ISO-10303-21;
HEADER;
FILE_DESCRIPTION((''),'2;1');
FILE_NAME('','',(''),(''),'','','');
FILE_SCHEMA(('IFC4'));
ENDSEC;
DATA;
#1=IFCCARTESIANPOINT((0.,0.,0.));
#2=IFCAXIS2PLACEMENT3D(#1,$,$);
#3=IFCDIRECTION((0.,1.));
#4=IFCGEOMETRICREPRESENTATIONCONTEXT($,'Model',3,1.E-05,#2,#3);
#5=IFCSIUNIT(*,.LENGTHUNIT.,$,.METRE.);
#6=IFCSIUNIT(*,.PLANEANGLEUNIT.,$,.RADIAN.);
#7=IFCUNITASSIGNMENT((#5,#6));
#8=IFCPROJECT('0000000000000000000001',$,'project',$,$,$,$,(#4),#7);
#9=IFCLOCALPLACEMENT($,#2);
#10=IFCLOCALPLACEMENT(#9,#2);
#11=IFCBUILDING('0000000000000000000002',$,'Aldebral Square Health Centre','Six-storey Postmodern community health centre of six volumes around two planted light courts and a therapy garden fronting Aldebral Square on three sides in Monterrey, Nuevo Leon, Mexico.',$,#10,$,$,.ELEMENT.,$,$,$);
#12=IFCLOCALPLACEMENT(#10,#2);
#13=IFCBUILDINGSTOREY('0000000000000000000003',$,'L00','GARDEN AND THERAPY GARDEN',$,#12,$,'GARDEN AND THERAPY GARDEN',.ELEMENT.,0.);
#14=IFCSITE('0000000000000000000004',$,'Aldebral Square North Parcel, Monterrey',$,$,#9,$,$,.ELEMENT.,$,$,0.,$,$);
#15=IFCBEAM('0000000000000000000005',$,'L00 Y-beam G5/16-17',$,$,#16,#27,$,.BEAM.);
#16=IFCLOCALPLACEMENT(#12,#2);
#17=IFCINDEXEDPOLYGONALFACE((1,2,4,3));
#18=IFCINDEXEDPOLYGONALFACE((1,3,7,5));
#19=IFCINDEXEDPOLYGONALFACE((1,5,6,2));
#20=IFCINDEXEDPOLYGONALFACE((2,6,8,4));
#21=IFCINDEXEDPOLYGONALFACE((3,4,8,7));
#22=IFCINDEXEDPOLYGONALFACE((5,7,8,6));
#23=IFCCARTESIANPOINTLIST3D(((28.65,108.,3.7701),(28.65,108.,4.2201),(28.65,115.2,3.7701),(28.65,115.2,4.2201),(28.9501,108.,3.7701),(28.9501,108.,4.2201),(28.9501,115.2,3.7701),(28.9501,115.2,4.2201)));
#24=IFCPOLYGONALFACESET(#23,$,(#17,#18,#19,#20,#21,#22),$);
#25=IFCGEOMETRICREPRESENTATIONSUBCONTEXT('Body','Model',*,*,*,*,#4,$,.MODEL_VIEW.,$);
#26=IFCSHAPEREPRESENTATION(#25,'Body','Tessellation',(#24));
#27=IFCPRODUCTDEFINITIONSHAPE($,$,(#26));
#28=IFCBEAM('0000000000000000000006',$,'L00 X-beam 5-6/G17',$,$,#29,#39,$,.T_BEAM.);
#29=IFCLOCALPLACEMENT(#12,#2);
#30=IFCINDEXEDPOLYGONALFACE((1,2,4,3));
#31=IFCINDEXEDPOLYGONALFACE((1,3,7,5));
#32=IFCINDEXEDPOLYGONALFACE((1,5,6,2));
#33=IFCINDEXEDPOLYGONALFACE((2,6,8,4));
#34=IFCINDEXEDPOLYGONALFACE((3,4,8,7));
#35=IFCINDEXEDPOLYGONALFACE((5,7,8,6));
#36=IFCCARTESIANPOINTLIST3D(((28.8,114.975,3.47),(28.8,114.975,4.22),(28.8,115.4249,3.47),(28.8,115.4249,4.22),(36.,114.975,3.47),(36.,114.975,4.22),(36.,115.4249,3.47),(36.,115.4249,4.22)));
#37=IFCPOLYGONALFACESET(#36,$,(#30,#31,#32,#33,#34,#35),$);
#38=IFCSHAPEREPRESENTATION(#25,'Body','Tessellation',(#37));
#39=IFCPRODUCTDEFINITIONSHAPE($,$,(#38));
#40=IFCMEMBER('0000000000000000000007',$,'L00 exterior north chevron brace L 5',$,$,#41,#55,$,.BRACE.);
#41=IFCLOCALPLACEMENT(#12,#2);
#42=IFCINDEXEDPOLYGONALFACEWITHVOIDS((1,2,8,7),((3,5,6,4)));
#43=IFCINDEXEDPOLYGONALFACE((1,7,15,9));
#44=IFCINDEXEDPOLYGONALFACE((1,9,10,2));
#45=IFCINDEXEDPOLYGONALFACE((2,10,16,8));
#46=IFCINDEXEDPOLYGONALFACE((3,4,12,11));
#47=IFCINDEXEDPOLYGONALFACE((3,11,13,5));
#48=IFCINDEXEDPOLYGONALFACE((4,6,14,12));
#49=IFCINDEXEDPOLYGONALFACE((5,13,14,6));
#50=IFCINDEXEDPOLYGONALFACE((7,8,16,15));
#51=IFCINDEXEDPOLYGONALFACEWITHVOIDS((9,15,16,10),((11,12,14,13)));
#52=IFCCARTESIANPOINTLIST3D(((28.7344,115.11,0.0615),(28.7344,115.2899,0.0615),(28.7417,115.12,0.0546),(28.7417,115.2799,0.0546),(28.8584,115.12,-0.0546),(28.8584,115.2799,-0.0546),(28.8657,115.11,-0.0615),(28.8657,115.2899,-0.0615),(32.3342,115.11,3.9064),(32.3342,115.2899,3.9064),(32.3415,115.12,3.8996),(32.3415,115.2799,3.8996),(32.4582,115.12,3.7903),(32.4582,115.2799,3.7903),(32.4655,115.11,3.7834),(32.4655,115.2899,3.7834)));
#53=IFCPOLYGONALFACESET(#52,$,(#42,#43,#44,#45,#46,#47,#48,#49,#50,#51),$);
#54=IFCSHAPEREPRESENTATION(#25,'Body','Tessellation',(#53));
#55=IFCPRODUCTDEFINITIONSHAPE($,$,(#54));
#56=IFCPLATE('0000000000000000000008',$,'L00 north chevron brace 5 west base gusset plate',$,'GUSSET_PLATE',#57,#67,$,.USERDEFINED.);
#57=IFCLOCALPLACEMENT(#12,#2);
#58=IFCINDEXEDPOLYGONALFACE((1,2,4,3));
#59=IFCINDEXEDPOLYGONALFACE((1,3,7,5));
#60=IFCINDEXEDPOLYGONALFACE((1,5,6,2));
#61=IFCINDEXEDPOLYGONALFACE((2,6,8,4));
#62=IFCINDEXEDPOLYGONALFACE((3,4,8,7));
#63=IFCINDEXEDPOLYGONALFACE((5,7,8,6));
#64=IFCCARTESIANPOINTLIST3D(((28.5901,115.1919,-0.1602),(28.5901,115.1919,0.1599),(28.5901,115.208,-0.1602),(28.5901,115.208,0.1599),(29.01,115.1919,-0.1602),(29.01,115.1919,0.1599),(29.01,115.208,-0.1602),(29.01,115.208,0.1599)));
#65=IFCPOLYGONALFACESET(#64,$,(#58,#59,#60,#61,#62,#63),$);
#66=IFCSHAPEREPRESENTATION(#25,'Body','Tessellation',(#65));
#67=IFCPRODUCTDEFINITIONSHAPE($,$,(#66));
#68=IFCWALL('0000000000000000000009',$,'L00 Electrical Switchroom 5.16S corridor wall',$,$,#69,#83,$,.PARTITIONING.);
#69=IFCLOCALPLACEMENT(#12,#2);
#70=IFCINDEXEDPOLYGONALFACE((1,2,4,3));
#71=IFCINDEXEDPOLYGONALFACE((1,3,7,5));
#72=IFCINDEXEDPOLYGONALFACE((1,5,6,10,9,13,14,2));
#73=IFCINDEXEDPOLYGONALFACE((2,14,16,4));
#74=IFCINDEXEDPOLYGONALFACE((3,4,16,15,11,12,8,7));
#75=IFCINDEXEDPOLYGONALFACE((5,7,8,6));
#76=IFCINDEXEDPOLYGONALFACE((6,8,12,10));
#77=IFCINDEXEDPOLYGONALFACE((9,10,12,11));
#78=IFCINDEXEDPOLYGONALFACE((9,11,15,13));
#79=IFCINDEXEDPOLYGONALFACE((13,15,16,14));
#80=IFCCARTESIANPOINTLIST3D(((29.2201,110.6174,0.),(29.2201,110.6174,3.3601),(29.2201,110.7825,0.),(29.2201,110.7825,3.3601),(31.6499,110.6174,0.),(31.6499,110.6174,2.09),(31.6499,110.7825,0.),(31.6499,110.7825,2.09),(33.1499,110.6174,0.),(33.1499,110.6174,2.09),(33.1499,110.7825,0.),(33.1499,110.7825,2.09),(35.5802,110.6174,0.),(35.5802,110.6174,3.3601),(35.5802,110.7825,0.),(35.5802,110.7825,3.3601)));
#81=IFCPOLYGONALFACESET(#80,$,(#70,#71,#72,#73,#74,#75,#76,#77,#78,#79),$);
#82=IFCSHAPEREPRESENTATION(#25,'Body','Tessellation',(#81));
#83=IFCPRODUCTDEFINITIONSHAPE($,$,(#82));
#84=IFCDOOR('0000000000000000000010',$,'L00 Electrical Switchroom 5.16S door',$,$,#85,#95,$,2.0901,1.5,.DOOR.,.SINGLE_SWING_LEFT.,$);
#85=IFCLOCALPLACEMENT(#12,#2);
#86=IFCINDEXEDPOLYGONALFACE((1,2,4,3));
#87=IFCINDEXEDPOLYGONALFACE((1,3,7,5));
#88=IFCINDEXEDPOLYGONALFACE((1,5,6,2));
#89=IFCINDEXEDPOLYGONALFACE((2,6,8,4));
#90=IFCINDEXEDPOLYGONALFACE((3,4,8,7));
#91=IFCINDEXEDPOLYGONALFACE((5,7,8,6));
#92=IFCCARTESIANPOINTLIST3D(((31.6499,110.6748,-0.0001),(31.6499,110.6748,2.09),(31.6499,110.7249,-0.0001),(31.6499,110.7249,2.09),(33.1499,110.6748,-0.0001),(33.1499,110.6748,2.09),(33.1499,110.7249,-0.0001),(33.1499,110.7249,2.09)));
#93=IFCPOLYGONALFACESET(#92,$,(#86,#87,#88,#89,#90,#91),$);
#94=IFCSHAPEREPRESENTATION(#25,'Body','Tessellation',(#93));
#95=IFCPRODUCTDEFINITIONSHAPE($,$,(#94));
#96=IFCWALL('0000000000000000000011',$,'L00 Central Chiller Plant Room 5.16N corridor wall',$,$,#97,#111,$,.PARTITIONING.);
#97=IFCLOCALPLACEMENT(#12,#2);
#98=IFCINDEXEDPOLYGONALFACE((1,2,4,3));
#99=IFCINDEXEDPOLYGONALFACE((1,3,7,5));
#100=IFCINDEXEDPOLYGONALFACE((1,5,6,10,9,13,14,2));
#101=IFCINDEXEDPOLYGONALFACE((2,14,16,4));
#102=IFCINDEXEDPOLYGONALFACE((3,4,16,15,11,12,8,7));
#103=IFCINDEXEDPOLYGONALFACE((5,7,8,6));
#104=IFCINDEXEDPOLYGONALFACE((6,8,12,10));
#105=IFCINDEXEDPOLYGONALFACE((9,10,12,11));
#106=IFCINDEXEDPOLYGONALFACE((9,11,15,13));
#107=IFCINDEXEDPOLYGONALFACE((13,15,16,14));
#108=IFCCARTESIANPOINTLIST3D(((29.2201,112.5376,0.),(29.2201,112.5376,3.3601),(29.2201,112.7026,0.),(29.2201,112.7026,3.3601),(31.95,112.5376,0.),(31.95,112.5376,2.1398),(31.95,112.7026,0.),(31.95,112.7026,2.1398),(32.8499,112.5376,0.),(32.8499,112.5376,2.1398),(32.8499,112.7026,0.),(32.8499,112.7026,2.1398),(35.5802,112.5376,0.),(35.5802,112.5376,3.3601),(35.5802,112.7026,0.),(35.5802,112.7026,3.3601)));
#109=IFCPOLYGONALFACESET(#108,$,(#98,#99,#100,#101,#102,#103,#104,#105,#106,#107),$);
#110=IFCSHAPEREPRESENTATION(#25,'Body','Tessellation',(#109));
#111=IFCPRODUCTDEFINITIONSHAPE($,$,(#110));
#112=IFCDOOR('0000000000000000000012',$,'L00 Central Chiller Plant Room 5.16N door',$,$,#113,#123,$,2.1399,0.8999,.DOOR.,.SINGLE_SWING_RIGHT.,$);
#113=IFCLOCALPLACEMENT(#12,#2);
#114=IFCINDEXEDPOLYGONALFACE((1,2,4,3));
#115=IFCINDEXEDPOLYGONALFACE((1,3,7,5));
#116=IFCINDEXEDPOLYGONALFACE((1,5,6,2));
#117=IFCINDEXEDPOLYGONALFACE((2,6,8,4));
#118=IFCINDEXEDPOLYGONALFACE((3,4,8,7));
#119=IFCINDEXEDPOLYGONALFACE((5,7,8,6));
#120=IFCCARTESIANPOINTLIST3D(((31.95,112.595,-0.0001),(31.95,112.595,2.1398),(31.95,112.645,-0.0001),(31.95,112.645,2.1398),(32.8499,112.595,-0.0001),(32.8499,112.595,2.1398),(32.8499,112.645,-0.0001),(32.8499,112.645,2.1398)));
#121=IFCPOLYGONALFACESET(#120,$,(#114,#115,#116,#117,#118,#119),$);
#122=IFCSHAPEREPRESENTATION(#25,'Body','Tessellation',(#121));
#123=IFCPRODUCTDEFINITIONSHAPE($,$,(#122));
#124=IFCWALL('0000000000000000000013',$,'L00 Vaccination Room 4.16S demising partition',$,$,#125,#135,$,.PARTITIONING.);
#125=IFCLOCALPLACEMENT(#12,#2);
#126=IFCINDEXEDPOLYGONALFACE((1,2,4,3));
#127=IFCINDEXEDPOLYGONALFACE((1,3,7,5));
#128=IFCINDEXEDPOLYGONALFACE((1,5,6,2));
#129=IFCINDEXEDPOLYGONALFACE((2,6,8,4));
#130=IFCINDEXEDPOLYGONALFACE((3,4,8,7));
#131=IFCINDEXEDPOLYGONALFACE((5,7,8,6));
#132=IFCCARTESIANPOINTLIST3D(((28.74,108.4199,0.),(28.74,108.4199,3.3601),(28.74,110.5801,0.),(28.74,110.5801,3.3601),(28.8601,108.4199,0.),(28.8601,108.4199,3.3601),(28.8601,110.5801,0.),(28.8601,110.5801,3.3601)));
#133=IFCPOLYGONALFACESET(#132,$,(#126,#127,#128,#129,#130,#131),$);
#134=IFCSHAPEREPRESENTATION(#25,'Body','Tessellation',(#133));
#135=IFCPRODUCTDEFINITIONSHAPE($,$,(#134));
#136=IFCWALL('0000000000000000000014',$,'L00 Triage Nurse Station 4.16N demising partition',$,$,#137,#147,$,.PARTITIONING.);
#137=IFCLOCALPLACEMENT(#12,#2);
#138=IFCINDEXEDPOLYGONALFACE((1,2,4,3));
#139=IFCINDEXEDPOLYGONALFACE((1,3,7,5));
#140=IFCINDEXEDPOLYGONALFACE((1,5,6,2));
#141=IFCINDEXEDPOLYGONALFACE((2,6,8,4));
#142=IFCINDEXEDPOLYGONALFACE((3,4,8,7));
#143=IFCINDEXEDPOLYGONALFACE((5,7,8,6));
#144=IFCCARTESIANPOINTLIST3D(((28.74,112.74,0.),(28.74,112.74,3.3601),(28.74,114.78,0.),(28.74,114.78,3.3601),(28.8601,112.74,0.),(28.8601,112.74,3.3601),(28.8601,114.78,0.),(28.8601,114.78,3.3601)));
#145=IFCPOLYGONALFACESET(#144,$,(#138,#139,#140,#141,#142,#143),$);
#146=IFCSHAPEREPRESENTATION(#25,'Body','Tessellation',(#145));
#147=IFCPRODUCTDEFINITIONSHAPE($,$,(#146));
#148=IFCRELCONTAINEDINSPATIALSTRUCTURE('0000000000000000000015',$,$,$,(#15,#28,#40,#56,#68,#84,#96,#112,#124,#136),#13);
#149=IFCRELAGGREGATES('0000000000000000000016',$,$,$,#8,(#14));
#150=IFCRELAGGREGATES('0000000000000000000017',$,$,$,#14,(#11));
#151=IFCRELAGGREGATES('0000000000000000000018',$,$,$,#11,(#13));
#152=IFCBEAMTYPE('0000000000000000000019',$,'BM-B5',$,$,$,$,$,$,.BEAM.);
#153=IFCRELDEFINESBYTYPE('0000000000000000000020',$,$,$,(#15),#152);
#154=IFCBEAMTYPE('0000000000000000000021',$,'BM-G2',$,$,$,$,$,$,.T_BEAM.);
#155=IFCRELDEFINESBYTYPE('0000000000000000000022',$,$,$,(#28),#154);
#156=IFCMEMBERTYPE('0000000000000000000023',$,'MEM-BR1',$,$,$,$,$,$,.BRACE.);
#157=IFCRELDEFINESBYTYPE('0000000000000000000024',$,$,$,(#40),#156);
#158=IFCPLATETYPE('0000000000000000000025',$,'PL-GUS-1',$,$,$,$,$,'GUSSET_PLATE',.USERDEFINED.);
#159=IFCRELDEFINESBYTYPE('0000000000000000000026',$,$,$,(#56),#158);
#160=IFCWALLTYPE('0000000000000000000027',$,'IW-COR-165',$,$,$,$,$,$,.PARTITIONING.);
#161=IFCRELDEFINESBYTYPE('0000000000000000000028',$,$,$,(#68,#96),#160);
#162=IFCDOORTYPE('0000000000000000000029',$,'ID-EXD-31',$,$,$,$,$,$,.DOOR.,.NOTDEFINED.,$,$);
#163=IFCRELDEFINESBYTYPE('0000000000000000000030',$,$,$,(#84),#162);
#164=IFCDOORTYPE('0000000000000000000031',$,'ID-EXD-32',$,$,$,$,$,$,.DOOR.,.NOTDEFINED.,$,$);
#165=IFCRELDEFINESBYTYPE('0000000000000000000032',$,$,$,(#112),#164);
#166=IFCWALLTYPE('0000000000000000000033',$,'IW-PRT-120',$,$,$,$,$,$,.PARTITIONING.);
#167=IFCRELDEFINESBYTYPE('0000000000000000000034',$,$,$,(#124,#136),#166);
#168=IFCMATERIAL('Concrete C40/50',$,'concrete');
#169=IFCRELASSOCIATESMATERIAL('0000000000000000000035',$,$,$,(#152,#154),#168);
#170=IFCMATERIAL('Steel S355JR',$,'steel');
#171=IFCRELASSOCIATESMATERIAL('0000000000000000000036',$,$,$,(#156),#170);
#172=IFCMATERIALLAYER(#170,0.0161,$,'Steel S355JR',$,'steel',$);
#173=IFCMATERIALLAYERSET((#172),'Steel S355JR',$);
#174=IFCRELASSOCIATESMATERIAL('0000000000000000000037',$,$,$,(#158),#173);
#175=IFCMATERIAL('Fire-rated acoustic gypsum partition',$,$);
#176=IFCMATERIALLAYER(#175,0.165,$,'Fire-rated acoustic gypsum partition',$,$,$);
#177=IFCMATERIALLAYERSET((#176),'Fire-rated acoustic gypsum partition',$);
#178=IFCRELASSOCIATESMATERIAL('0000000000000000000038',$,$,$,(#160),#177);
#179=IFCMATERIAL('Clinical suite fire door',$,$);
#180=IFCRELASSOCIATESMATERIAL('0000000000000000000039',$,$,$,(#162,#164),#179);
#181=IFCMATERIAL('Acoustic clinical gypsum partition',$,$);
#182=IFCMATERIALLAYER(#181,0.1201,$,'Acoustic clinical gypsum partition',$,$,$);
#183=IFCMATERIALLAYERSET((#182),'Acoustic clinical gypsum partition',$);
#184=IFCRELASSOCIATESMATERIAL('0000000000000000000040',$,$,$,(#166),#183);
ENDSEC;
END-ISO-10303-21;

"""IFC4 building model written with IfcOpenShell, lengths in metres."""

from ifc_helpers import new_model, si_unit, direction, frame, frame_2d, origin, origin_2d, place, context, subcontext, project, spatial, rectangle, hollow_rectangle, extrude, material, layer, layer_set, material_profile, profile_set, type_object, element, fill, save


model = new_model("IFC4")

# Units and contexts
model_context = context("Model", 3, precision=1e-05, world=origin(), true_north=direction((0.0, 1.0)))
body_context = subcontext(model_context, "Body", "Model", "MODEL_VIEW")
ifc_project = project(units=[si_unit("LENGTHUNIT", "METRE"), si_unit("PLANEANGLEUNIT", "RADIAN")], contexts=[model_context])

# Site, building, storey
site_placement = place(None, origin())
site = spatial("IfcSite", under=ifc_project, at=site_placement, Name="Aldebral Square North Parcel, Monterrey", CompositionType="ELEMENT", RefElevation=0.0)
building_placement = place(site_placement, origin())
building = spatial("IfcBuilding", under=site, at=building_placement, Name="Aldebral Square Health Centre", Description="Six-storey Postmodern community health centre of six volumes around two planted light courts and a therapy garden fronting Aldebral Square on three sides in Monterrey, Nuevo Leon, Mexico.", CompositionType="ELEMENT")
storey_placement = place(building_placement, origin())
storey = spatial("IfcBuildingStorey", under=building, at=storey_placement, Name="L00", Description="GARDEN AND THERAPY GARDEN", LongName="GARDEN AND THERAPY GARDEN", CompositionType="ELEMENT", Elevation=0.0)

# Shared definitions
ifc_material_1 = material(Name="Concrete C40/50", Category="concrete")

# Beams
ifc_material_profile_1 = material_profile(ifc_material_1, rectangle(XDim=0.3, YDim=0.45, at=origin_2d()), Name="RC 300x450")
ifc_profile_set_1 = profile_set([ifc_material_profile_1], Name="Concrete C40/50")
beam_type_1 = type_object("IfcBeamType", Name="BM-B5", PredefinedType="BEAM", material=ifc_profile_set_1)
beam_1_placement = place(storey_placement, frame((28.8, 108.0, 3.9951), z_axis=(0.0, 1.0, 0.0), x_axis=(-1.0, 0.0, 0.0)))
element("IfcBeam", 1, at=beam_1_placement, inside=storey, type_object=beam_type_1, Name="L00 Y-beam G5/16-17", PredefinedType="BEAM", context=body_context, shape_type="SweptSolid", body=[
    extrude(rectangle(XDim=0.3, YDim=0.45, at=origin_2d()), origin(), (0.0, 0.0, 1.0), 7.2),
])
ifc_material_profile_2 = material_profile(ifc_material_1, rectangle(XDim=0.45, YDim=0.75, at=origin_2d()), Name="RC 450x750")
ifc_profile_set_2 = profile_set([ifc_material_profile_2], Name="Concrete C40/50")
beam_type_2 = type_object("IfcBeamType", Name="BM-G2", PredefinedType="T_BEAM", material=ifc_profile_set_2)
beam_2_placement = place(storey_placement, frame((28.8, 115.2, 3.845), z_axis=(1.0, 0.0, 0.0), x_axis=(0.0, 1.0, 0.0)))
element("IfcBeam", 2, at=beam_2_placement, inside=storey, type_object=beam_type_2, Name="L00 X-beam 5-6/G17", PredefinedType="T_BEAM", context=body_context, shape_type="SweptSolid", body=[
    extrude(rectangle(XDim=0.45, YDim=0.75, at=origin_2d()), origin(), (0.0, 0.0, 1.0), 7.2),
])

# Member
ifc_material_2 = material(Name="Steel S355JR", Category="steel")
ifc_material_profile_3 = material_profile(ifc_material_2, hollow_rectangle(XDim=0.1799, YDim=0.1799, WallThickness=0.01, at=origin_2d()), Name="180x180x10 SHS")
ifc_profile_set_3 = profile_set([ifc_material_profile_3], Name="Steel S355JR")
member_type = type_object("IfcMemberType", Name="MEM-BR1", PredefinedType="BRACE", material=ifc_profile_set_3)
member_placement = place(storey_placement, frame((28.8, 115.2, 0.0), z_axis=(0.683455, 0.0, 0.729992), x_axis=(0.0, 1.0, 0.0)))
element("IfcMember", 3, at=member_placement, inside=storey, type_object=member_type, Name="L00 exterior north chevron brace L 5", PredefinedType="BRACE", context=body_context, shape_type="SweptSolid", body=[
    extrude(hollow_rectangle(XDim=0.1799, YDim=0.1799, WallThickness=0.01, at=origin_2d()), origin(), (0.0, 0.0, 1.0), 5.2671),
])

# Plate
ifc_layer_1 = layer(ifc_material_2, 0.0161, Name="Steel S355JR", Category="steel")
ifc_layer_set_1 = layer_set([ifc_layer_1], Name="Steel S355JR")
plate_type = type_object("IfcPlateType", Name="PL-GUS-1", ElementType="GUSSET_PLATE", PredefinedType="USERDEFINED", material=ifc_layer_set_1)
plate_placement = place(storey_placement, frame((28.8, 115.2, -0.1602), z_axis=(0.0, 0.0, 1.0), x_axis=(1.0, 0.0, 0.0)))
element("IfcPlate", 4, at=plate_placement, inside=storey, type_object=plate_type, Name="L00 north chevron brace 5 west base gusset plate", ObjectType="GUSSET_PLATE", PredefinedType="USERDEFINED", context=body_context, shape_type="SweptSolid", body=[
    extrude(rectangle(XDim=0.4199, YDim=0.0161, at=origin_2d()), origin(), (0.0, 0.0, 1.0), 0.3201),
])

# Walls, openings, doors
ifc_material_3 = material(Name="Fire-rated acoustic gypsum partition")
ifc_layer_2 = layer(ifc_material_3, 0.165, Name="Fire-rated acoustic gypsum partition")
ifc_layer_set_2 = layer_set([ifc_layer_2], Name="Fire-rated acoustic gypsum partition")
wall_type_1 = type_object("IfcWallType", Name="IW-COR-165", PredefinedType="PARTITIONING", material=ifc_layer_set_2)
wall_1_placement = place(storey_placement, frame((29.22, 110.7, 0.0), z_axis=(0.0, 0.0, 1.0), x_axis=(1.0, 0.0, 0.0)))
wall_1 = element("IfcWall", 5, at=wall_1_placement, inside=storey, type_object=wall_type_1, Name="L00 Electrical Switchroom 5.16S corridor wall", PredefinedType="PARTITIONING", context=body_context, shape_type="SweptSolid", body=[
    extrude(rectangle(XDim=6.3601, YDim=0.165, at=frame_2d((3.1802, 0.0))), origin(), (0.0, 0.0, 1.0), 3.3601),
])
opening_1_placement = place(wall_1_placement, frame((2.4299, 0.0, 0.0)))
opening_1 = element("IfcOpeningElement", 6, at=opening_1_placement, cuts=wall_1, PredefinedType="OPENING", context=body_context, shape_type="SweptSolid", body=[
    extrude(rectangle(XDim=1.5, YDim=2.0901, at=frame_2d((0.75, 1.0449))), frame((0.0, 0.0925, 0.0), z_axis=(0.0, -1.0, 0.0), x_axis=(1.0, 0.0, 0.0)), (0.0, 0.0, 1.0), 0.1851),
])
ifc_material_4 = material(Name="Clinical suite fire door")
door_type_1 = type_object("IfcDoorType", Name="ID-EXD-31", OperationType="NOTDEFINED", PredefinedType="DOOR", material=ifc_material_4)
door_1_placement = place(opening_1_placement, origin())
door_1 = element("IfcDoor", 7, at=door_1_placement, inside=storey, type_object=door_type_1, Name="L00 Electrical Switchroom 5.16S door", OperationType="SINGLE_SWING_LEFT", OverallHeight=2.0901, OverallWidth=1.5, PredefinedType="DOOR", context=body_context, shape_type="SweptSolid", body=[
    extrude(rectangle(XDim=1.5, YDim=2.0901, at=frame_2d((0.75, 1.0449))), frame((0.0, 0.0249, 0.0), z_axis=(0.0, -1.0, 0.0), x_axis=(1.0, 0.0, 0.0)), (0.0, 0.0, 1.0), 0.05),
])
fill(opening_1, door_1)
wall_2_placement = place(storey_placement, frame((29.22, 112.6201, 0.0), z_axis=(0.0, 0.0, 1.0), x_axis=(1.0, 0.0, 0.0)))
wall_2 = element("IfcWall", 8, at=wall_2_placement, inside=storey, type_object=wall_type_1, Name="L00 Central Chiller Plant Room 5.16N corridor wall", PredefinedType="PARTITIONING", context=body_context, shape_type="SweptSolid", body=[
    extrude(rectangle(XDim=6.3601, YDim=0.165, at=frame_2d((3.1802, 0.0))), origin(), (0.0, 0.0, 1.0), 3.3601),
])
opening_2_placement = place(wall_2_placement, frame((2.73, 0.0, 0.0)))
opening_2 = element("IfcOpeningElement", 9, at=opening_2_placement, cuts=wall_2, PredefinedType="OPENING", context=body_context, shape_type="SweptSolid", body=[
    extrude(rectangle(XDim=0.8999, YDim=2.1399, at=frame_2d((0.45, 1.0698))), frame((0.0, 0.0925, 0.0), z_axis=(0.0, -1.0, 0.0), x_axis=(1.0, 0.0, 0.0)), (0.0, 0.0, 1.0), 0.1851),
])
door_type_2 = type_object("IfcDoorType", Name="ID-EXD-32", OperationType="NOTDEFINED", PredefinedType="DOOR", material=ifc_material_4)
door_2_placement = place(opening_2_placement, origin())
door_2 = element("IfcDoor", 10, at=door_2_placement, inside=storey, type_object=door_type_2, Name="L00 Central Chiller Plant Room 5.16N door", OperationType="SINGLE_SWING_RIGHT", OverallHeight=2.1399, OverallWidth=0.8999, PredefinedType="DOOR", context=body_context, shape_type="SweptSolid", body=[
    extrude(rectangle(XDim=0.8999, YDim=2.1399, at=frame_2d((0.45, 1.0698))), frame((0.0, 0.0249, 0.0), z_axis=(0.0, -1.0, 0.0), x_axis=(1.0, 0.0, 0.0)), (0.0, 0.0, 1.0), 0.05),
])
fill(opening_2, door_2)

# Walls
ifc_material_5 = material(Name="Acoustic clinical gypsum partition")
ifc_layer_3 = layer(ifc_material_5, 0.1201, Name="Acoustic clinical gypsum partition")
ifc_layer_set_3 = layer_set([ifc_layer_3], Name="Acoustic clinical gypsum partition")
wall_type_2 = type_object("IfcWallType", Name="IW-PRT-120", PredefinedType="PARTITIONING", material=ifc_layer_set_3)
wall_3_placement = place(storey_placement, frame((28.8, 108.4199, 0.0), z_axis=(0.0, 0.0, 1.0), x_axis=(0.0, 1.0, 0.0)))
element("IfcWall", 11, at=wall_3_placement, inside=storey, type_object=wall_type_2, Name="L00 Vaccination Room 4.16S demising partition", PredefinedType="PARTITIONING", context=body_context, shape_type="SweptSolid", body=[
    extrude(rectangle(XDim=2.1602, YDim=0.1201, at=frame_2d((1.0801, 0.0))), origin(), (0.0, 0.0, 1.0), 3.3601),
])
wall_4_placement = place(storey_placement, frame((28.8, 112.74, 0.0), z_axis=(0.0, 0.0, 1.0), x_axis=(0.0, 1.0, 0.0)))
element("IfcWall", 12, at=wall_4_placement, inside=storey, type_object=wall_type_2, Name="L00 Triage Nurse Station 4.16N demising partition", PredefinedType="PARTITIONING", context=body_context, shape_type="SweptSolid", body=[
    extrude(rectangle(XDim=2.04, YDim=0.1201, at=frame_2d((1.02, 0.0))), origin(), (0.0, 0.0, 1.0), 3.3601),
])

save(model, "model.ifc")
